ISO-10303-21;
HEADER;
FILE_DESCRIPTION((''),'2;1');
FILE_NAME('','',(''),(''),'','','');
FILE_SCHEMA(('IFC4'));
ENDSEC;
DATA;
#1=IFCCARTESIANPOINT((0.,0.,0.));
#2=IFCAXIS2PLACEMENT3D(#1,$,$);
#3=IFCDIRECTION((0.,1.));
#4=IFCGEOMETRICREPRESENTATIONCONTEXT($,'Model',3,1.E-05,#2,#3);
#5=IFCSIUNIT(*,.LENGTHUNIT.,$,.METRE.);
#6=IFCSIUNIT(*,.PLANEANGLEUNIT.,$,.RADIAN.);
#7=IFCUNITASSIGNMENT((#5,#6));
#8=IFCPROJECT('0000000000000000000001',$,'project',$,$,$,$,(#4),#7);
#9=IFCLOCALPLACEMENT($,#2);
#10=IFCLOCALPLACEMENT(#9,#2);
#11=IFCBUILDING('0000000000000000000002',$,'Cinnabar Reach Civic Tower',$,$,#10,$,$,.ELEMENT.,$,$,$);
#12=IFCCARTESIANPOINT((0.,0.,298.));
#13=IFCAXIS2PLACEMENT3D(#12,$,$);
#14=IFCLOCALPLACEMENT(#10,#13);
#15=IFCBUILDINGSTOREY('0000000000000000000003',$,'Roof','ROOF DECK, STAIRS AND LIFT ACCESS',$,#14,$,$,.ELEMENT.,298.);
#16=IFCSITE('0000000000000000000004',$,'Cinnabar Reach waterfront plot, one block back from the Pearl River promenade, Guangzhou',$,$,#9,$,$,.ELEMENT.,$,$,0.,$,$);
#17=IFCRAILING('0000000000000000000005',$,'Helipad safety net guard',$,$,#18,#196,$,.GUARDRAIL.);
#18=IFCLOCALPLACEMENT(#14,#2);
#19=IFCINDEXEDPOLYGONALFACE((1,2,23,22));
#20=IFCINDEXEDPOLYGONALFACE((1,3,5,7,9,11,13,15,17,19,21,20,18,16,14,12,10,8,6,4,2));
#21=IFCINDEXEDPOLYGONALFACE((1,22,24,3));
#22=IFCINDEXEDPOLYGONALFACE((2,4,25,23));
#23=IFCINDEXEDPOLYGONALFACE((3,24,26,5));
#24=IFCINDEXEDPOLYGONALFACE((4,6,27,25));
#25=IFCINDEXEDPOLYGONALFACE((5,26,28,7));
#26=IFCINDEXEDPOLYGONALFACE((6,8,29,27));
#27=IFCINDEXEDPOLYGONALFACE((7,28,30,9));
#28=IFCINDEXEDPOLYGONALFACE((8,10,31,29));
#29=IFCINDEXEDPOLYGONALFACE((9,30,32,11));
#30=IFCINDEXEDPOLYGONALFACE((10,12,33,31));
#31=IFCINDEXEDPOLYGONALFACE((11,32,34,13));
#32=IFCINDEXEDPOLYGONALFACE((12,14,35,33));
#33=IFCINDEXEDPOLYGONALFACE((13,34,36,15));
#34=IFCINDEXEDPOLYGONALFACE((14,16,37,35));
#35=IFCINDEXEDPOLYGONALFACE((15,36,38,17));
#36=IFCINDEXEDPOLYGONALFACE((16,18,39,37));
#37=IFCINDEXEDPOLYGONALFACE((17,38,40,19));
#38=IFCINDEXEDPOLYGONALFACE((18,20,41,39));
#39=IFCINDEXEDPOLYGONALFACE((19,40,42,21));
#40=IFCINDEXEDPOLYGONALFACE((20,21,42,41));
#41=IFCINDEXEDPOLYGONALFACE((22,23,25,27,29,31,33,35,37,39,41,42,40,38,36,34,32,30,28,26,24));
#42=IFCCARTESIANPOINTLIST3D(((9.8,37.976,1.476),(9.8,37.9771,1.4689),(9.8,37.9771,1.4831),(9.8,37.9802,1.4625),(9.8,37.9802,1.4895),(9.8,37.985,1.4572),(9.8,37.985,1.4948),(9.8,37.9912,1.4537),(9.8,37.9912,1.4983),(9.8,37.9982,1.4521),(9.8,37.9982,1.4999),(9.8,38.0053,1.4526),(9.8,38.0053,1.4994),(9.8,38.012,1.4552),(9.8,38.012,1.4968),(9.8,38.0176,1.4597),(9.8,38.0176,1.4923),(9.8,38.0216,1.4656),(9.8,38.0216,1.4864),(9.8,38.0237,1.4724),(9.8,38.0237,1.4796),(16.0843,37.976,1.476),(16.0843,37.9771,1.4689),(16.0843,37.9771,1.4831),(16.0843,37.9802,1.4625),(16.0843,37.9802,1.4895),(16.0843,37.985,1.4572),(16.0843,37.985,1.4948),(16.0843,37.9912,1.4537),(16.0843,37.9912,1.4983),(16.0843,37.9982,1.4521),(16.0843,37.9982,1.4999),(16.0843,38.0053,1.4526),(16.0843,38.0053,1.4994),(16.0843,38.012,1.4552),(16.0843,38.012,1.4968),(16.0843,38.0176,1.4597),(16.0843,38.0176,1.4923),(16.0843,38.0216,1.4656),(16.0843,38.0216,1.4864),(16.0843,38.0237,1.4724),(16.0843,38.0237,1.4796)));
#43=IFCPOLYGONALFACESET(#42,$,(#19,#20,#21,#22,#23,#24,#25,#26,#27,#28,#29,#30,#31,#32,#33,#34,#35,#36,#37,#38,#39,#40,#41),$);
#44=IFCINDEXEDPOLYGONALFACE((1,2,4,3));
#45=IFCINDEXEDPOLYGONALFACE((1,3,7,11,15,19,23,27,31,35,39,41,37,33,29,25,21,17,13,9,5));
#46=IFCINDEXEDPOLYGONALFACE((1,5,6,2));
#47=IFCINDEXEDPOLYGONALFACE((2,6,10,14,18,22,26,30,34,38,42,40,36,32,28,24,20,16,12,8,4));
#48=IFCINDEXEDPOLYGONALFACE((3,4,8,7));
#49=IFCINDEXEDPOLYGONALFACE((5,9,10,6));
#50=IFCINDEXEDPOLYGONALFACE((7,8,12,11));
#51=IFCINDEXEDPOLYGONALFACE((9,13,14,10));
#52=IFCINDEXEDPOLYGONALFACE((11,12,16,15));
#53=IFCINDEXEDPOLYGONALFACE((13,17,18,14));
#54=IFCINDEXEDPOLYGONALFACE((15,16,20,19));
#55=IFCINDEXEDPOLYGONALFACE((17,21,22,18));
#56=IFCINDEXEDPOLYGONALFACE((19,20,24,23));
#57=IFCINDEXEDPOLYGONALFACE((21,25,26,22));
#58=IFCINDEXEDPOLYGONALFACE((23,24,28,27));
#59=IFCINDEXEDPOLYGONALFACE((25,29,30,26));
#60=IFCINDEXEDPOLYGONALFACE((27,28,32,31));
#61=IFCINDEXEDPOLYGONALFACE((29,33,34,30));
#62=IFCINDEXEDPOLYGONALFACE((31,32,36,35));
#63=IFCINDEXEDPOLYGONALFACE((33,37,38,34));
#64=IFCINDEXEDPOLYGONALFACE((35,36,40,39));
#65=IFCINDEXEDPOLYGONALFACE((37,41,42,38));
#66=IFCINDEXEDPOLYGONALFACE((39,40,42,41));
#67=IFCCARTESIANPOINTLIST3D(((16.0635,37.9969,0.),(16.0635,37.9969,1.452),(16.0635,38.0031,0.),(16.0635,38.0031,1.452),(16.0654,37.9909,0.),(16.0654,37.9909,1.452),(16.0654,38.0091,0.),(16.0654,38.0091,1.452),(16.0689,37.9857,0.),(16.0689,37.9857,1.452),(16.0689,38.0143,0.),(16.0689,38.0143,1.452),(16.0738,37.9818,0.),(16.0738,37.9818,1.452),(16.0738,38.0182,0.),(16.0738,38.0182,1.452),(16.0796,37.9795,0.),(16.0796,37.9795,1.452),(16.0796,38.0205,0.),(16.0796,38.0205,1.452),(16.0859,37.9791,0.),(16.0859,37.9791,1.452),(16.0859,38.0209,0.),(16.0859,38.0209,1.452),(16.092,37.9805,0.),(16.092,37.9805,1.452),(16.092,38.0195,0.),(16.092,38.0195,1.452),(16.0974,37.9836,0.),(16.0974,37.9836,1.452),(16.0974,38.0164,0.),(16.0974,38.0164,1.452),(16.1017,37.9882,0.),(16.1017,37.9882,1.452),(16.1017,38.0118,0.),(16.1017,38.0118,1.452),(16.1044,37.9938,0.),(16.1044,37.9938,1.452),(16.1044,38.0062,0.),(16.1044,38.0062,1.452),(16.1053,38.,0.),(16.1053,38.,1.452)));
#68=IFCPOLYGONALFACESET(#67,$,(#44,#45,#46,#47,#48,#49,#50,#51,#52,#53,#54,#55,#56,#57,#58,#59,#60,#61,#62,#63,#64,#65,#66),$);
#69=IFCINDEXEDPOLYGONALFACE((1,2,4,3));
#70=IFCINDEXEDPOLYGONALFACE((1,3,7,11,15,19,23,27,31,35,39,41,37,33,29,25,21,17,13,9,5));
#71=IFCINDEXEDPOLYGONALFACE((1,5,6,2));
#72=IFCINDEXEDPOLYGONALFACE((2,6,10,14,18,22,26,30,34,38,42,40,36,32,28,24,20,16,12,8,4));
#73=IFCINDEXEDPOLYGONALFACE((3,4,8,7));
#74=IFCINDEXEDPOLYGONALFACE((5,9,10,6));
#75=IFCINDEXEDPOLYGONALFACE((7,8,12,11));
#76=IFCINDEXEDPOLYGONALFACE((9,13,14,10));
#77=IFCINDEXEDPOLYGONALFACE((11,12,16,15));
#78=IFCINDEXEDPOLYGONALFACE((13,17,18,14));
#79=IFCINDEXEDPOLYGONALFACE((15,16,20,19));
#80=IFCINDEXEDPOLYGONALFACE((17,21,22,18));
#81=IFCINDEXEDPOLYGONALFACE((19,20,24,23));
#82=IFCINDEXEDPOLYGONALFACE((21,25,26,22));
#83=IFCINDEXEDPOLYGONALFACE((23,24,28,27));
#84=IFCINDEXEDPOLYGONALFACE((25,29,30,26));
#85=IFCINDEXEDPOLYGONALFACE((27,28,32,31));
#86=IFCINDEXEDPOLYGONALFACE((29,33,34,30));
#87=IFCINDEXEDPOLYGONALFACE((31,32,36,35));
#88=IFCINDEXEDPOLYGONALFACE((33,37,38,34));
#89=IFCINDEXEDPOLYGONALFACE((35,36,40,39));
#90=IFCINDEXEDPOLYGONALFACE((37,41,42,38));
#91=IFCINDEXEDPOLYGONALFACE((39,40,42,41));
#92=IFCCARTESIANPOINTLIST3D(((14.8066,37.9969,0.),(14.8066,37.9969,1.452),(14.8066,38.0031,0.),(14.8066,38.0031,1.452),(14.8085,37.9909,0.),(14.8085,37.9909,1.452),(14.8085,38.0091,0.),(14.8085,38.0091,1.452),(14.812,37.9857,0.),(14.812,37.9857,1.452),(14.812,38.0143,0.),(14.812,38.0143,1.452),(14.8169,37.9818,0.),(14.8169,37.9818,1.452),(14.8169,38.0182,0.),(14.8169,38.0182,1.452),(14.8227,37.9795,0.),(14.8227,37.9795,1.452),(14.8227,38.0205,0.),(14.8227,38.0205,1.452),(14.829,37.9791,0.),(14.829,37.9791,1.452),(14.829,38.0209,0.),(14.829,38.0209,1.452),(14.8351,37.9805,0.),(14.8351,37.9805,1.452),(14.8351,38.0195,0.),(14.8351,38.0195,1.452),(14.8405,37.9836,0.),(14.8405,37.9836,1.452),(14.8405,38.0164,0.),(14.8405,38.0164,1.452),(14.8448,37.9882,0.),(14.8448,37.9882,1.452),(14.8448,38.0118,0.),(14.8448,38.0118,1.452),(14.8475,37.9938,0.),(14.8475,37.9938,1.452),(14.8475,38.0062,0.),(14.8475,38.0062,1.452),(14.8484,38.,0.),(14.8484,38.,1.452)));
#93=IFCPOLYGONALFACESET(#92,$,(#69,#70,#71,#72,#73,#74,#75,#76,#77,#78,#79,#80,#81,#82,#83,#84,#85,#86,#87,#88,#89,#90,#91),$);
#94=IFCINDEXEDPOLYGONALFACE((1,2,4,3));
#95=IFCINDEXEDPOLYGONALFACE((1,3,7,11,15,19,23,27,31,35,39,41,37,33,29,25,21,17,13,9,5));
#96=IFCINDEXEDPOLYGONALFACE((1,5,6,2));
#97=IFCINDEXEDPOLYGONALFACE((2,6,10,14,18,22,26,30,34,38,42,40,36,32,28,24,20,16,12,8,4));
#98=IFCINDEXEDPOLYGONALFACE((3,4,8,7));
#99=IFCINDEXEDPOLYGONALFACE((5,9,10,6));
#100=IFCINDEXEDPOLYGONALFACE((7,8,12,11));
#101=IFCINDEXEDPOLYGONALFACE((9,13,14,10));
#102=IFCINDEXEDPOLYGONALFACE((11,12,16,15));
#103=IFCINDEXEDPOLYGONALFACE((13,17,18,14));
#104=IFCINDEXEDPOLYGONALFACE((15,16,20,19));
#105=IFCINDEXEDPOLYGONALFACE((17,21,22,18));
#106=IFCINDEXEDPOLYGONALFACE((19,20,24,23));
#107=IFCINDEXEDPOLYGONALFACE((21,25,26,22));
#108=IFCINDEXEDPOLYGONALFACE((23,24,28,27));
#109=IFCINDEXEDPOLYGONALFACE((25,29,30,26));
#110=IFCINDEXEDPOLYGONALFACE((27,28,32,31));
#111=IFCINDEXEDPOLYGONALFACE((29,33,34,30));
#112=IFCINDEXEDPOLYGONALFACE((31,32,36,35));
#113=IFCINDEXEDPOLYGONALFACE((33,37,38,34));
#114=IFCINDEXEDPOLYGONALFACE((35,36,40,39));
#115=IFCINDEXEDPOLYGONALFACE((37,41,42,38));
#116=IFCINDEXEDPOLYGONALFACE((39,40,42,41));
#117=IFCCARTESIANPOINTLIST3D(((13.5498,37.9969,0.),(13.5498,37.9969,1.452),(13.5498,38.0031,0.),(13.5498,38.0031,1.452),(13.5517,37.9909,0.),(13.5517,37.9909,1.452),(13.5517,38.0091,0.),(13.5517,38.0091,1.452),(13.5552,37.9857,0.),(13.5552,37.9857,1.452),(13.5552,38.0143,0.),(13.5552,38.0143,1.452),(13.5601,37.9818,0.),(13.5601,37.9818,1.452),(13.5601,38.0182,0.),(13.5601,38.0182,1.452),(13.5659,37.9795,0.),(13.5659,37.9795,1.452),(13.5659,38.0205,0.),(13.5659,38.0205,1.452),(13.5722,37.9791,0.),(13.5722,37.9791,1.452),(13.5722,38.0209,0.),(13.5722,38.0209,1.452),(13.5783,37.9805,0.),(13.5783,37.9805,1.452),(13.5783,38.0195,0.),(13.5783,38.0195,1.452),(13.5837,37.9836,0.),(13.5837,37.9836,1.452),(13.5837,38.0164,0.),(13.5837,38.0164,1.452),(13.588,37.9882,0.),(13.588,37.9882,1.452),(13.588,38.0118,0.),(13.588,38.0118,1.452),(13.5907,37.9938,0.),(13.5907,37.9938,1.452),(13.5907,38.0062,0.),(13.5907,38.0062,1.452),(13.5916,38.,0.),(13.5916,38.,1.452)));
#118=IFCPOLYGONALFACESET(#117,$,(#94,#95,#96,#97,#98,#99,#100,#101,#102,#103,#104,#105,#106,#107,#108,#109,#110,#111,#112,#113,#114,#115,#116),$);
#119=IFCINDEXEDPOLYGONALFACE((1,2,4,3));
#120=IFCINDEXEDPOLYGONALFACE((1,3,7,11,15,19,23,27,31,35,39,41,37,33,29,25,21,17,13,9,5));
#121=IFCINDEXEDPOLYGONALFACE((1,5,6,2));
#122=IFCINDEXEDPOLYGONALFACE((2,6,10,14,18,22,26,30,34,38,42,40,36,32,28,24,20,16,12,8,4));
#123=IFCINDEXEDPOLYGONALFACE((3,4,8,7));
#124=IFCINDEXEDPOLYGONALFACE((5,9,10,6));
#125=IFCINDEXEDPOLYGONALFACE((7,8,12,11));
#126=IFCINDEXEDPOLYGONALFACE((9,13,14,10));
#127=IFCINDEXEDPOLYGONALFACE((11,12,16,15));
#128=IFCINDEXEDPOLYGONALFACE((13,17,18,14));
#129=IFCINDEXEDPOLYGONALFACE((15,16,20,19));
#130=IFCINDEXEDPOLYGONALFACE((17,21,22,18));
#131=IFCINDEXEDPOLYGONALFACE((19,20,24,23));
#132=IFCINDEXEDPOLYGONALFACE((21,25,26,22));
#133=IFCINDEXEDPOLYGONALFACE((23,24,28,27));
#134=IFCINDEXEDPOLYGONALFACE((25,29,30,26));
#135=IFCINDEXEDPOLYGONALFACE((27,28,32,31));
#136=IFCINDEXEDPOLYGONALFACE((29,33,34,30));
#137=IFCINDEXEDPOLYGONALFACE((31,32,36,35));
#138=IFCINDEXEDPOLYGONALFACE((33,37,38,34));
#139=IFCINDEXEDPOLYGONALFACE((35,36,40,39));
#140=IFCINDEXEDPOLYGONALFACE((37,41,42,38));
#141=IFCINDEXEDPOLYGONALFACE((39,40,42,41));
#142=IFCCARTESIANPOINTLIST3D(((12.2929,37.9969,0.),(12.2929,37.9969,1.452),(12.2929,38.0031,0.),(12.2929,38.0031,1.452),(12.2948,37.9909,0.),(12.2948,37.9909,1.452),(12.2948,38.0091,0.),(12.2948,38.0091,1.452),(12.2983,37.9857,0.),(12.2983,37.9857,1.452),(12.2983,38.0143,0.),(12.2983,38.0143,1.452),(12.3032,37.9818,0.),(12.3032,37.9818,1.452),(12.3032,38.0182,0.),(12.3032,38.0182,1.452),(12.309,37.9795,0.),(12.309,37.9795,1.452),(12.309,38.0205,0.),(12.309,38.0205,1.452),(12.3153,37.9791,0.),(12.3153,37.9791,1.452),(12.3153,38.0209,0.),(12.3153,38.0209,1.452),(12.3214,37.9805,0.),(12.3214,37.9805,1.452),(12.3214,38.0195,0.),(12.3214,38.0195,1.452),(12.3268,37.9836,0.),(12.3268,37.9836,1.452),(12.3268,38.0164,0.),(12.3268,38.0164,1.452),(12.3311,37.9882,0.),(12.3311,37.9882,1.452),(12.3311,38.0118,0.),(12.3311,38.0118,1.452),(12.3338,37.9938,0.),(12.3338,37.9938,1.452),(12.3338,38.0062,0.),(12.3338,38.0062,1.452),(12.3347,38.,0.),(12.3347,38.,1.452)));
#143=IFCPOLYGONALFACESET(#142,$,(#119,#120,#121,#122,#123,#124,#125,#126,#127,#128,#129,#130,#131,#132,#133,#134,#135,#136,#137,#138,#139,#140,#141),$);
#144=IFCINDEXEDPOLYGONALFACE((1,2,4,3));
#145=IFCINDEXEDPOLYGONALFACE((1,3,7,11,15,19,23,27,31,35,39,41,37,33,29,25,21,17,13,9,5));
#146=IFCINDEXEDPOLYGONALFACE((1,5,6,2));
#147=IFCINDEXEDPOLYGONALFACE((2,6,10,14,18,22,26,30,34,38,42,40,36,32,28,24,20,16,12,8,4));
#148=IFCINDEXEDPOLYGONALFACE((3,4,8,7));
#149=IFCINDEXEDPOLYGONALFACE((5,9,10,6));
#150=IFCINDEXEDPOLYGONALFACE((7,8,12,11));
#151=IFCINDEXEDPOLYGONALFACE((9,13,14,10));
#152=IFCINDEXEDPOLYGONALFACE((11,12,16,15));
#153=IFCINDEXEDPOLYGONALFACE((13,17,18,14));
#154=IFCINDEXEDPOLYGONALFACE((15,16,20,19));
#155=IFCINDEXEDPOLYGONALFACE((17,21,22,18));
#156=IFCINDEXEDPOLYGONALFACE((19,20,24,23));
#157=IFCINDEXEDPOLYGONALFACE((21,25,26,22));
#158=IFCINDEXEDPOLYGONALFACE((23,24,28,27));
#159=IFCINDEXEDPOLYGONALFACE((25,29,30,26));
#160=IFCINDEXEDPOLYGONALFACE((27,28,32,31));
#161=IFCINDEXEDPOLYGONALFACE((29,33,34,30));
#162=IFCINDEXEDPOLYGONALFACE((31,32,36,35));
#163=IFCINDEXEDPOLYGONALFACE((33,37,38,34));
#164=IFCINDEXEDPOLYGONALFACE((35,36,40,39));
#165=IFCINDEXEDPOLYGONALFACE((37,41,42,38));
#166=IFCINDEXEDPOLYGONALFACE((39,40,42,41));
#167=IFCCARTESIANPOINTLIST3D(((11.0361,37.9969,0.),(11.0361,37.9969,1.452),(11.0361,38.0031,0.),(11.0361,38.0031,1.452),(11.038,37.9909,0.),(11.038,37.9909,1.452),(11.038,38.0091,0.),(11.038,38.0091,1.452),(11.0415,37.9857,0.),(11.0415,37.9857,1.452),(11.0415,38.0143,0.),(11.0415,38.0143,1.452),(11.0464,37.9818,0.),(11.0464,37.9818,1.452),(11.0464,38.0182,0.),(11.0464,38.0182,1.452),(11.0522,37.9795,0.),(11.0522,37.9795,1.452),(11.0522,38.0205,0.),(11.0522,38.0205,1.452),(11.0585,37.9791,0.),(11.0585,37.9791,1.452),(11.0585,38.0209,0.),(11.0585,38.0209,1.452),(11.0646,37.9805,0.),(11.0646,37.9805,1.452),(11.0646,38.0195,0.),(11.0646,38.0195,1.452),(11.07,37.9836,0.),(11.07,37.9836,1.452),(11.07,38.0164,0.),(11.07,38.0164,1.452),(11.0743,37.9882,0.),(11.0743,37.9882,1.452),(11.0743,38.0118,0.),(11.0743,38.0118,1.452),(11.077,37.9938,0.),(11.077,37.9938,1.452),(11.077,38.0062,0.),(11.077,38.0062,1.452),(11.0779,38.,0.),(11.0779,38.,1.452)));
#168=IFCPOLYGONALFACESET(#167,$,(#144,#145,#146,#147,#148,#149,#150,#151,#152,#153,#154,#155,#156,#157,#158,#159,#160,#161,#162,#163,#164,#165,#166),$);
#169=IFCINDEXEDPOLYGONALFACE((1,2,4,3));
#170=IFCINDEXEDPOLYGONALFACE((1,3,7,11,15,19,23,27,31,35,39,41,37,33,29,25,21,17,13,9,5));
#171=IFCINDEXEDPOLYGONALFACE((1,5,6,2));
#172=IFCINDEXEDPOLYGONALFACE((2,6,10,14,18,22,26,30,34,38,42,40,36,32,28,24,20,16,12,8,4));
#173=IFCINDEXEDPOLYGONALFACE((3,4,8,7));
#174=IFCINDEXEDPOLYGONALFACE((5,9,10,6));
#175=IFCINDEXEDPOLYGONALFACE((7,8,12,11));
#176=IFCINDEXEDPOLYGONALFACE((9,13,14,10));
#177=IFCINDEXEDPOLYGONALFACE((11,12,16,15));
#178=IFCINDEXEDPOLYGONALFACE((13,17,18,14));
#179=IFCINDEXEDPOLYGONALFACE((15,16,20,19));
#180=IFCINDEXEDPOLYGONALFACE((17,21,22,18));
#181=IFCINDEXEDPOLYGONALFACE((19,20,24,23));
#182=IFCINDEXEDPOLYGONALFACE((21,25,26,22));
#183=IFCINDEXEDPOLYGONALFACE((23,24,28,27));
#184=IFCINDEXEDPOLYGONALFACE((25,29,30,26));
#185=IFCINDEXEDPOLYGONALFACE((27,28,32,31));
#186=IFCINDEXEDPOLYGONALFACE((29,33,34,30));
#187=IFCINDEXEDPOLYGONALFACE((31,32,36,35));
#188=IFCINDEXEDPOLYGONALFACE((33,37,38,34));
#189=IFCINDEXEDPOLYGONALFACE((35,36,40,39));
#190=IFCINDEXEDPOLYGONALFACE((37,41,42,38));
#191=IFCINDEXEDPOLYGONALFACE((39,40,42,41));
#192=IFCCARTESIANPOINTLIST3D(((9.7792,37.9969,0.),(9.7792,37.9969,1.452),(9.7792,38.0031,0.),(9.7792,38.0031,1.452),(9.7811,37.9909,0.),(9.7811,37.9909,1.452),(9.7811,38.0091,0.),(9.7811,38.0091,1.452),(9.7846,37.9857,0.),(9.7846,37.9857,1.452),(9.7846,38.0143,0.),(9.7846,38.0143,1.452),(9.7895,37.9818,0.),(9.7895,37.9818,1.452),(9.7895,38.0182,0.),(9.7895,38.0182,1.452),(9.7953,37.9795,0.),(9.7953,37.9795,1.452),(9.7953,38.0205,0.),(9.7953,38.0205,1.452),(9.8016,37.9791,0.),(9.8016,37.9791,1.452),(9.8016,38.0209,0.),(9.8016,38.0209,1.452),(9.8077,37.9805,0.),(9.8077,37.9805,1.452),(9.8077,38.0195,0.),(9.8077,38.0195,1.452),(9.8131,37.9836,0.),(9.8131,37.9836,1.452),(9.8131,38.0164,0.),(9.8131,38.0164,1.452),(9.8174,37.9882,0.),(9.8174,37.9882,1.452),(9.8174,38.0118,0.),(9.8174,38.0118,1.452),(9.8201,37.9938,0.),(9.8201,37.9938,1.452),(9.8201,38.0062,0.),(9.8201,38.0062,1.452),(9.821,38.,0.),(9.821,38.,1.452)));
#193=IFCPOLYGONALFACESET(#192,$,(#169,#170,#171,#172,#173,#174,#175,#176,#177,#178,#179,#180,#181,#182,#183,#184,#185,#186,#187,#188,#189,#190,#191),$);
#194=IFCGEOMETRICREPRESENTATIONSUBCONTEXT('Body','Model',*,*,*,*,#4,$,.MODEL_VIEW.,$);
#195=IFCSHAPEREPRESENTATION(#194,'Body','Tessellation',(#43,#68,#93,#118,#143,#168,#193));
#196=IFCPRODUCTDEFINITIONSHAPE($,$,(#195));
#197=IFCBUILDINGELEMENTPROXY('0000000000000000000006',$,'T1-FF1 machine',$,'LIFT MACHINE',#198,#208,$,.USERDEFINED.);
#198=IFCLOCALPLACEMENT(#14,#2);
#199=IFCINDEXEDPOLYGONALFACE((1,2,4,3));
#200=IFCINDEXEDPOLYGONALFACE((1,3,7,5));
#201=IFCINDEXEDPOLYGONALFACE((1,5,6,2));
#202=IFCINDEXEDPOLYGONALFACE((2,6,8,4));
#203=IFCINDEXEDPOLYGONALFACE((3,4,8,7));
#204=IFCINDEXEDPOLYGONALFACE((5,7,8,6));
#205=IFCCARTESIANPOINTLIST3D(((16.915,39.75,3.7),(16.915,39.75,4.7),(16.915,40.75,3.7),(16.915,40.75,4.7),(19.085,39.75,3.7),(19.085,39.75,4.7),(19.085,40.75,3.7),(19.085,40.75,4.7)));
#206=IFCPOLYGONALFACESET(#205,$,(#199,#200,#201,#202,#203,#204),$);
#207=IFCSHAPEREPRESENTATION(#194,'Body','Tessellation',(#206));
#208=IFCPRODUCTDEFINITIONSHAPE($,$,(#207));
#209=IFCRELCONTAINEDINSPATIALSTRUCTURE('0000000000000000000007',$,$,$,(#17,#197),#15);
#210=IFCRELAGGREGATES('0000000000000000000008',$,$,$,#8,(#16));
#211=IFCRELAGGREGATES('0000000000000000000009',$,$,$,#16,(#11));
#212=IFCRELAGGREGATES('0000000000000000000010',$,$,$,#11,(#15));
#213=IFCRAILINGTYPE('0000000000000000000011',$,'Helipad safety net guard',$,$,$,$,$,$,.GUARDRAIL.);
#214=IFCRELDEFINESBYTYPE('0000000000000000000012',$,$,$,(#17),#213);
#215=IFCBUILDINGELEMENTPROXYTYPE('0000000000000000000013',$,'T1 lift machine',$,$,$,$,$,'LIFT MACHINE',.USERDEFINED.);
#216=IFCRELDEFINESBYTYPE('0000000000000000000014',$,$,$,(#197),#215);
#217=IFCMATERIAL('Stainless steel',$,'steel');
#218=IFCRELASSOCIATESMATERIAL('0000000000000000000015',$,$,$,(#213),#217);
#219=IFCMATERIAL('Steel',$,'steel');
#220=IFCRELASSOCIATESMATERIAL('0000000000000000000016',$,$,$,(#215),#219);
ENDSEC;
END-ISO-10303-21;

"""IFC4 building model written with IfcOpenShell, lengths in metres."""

from ifc_helpers import new_model, si_unit, direction, frame, origin, origin_2d, place, context, subcontext, project, spatial, rectangle, circle, extrude, material, type_object, element, save


model = new_model("IFC4")

# Units and contexts
model_context = context("Model", 3, precision=1e-05, world=origin(), true_north=direction((0.0, 1.0)))
body_context = subcontext(model_context, "Body", "Model", "MODEL_VIEW")
ifc_project = project(units=[si_unit("LENGTHUNIT", "METRE"), si_unit("PLANEANGLEUNIT", "RADIAN")], contexts=[model_context])

# Site, building, storey
site_placement = place(None, origin())
site = spatial("IfcSite", under=ifc_project, at=site_placement, Name="Cinnabar Reach waterfront plot, one block back from the Pearl River promenade, Guangzhou", CompositionType="ELEMENT", RefElevation=0.0)
building_placement = place(site_placement, origin())
building = spatial("IfcBuilding", under=site, at=building_placement, Name="Cinnabar Reach Civic Tower", CompositionType="ELEMENT")
storey_placement = place(building_placement, frame((0.0, 0.0, 298.0)))
storey = spatial("IfcBuildingStorey", under=building, at=storey_placement, Name="Roof", Description="ROOF DECK, STAIRS AND LIFT ACCESS", CompositionType="ELEMENT", Elevation=298.0)

# Railing
ifc_material_1 = material(Name="Stainless steel", Category="steel")
railing_type = type_object("IfcRailingType", Name="Helipad safety net guard", PredefinedType="GUARDRAIL", material=ifc_material_1)
railing_placement = place(storey_placement, frame((16.0843, 38.0, 0.0)))
element("IfcRailing", 1, at=railing_placement, inside=storey, type_object=railing_type, Name="Helipad safety net guard", PredefinedType="GUARDRAIL", context=body_context, shape_type="SweptSolid", body=[
    extrude(circle(Radius=0.024, at=origin_2d()), frame((0.0, 0.0, 1.476), z_axis=(-1.0, 0.0, 0.0), x_axis=(0.0, -1.0, 0.0)), (0.0, 0.0, 1.0), 6.2843),
    extrude(circle(Radius=0.021, at=origin_2d()), origin(), (0.0, 0.0, 1.0), 1.452),
    extrude(circle(Radius=0.021, at=origin_2d()), frame((-1.2569, 0.0, 0.0)), (0.0, 0.0, 1.0), 1.452),
    extrude(circle(Radius=0.021, at=origin_2d()), frame((-2.5137, 0.0, 0.0)), (0.0, 0.0, 1.0), 1.452),
    extrude(circle(Radius=0.021, at=origin_2d()), frame((-3.7706, 0.0, 0.0)), (0.0, 0.0, 1.0), 1.452),
    extrude(circle(Radius=0.021, at=origin_2d()), frame((-5.0274, 0.0, 0.0)), (0.0, 0.0, 1.0), 1.452),
    extrude(circle(Radius=0.021, at=origin_2d()), frame((-6.2843, 0.0, 0.0)), (0.0, 0.0, 1.0), 1.452),
])

# Building element proxy
ifc_material_2 = material(Name="Steel", Category="steel")
building_element_proxy_type = type_object("IfcBuildingElementProxyType", Name="T1 lift machine", ElementType="LIFT MACHINE", PredefinedType="USERDEFINED", material=ifc_material_2)
for number, where, z_axis, x_axis, name in (
    (2, (18.0, 40.25, 3.7), (0.0, 0.0, 1.0), (1.0, 0.0, 0.0), "T1-FF1 machine"),
):
    element("IfcBuildingElementProxy", number, at=place(storey_placement, frame(where, z_axis=z_axis, x_axis=x_axis)), inside=storey, type_object=building_element_proxy_type, Name=name, ObjectType="LIFT MACHINE", PredefinedType="USERDEFINED", context=body_context, shape_type="SweptSolid", body=[
        extrude(rectangle(XDim=2.17, YDim=1.0, at=origin_2d()), origin(), (0.0, 0.0, 1.0), 1.0),
    ])

save(model, "model.ifc")
